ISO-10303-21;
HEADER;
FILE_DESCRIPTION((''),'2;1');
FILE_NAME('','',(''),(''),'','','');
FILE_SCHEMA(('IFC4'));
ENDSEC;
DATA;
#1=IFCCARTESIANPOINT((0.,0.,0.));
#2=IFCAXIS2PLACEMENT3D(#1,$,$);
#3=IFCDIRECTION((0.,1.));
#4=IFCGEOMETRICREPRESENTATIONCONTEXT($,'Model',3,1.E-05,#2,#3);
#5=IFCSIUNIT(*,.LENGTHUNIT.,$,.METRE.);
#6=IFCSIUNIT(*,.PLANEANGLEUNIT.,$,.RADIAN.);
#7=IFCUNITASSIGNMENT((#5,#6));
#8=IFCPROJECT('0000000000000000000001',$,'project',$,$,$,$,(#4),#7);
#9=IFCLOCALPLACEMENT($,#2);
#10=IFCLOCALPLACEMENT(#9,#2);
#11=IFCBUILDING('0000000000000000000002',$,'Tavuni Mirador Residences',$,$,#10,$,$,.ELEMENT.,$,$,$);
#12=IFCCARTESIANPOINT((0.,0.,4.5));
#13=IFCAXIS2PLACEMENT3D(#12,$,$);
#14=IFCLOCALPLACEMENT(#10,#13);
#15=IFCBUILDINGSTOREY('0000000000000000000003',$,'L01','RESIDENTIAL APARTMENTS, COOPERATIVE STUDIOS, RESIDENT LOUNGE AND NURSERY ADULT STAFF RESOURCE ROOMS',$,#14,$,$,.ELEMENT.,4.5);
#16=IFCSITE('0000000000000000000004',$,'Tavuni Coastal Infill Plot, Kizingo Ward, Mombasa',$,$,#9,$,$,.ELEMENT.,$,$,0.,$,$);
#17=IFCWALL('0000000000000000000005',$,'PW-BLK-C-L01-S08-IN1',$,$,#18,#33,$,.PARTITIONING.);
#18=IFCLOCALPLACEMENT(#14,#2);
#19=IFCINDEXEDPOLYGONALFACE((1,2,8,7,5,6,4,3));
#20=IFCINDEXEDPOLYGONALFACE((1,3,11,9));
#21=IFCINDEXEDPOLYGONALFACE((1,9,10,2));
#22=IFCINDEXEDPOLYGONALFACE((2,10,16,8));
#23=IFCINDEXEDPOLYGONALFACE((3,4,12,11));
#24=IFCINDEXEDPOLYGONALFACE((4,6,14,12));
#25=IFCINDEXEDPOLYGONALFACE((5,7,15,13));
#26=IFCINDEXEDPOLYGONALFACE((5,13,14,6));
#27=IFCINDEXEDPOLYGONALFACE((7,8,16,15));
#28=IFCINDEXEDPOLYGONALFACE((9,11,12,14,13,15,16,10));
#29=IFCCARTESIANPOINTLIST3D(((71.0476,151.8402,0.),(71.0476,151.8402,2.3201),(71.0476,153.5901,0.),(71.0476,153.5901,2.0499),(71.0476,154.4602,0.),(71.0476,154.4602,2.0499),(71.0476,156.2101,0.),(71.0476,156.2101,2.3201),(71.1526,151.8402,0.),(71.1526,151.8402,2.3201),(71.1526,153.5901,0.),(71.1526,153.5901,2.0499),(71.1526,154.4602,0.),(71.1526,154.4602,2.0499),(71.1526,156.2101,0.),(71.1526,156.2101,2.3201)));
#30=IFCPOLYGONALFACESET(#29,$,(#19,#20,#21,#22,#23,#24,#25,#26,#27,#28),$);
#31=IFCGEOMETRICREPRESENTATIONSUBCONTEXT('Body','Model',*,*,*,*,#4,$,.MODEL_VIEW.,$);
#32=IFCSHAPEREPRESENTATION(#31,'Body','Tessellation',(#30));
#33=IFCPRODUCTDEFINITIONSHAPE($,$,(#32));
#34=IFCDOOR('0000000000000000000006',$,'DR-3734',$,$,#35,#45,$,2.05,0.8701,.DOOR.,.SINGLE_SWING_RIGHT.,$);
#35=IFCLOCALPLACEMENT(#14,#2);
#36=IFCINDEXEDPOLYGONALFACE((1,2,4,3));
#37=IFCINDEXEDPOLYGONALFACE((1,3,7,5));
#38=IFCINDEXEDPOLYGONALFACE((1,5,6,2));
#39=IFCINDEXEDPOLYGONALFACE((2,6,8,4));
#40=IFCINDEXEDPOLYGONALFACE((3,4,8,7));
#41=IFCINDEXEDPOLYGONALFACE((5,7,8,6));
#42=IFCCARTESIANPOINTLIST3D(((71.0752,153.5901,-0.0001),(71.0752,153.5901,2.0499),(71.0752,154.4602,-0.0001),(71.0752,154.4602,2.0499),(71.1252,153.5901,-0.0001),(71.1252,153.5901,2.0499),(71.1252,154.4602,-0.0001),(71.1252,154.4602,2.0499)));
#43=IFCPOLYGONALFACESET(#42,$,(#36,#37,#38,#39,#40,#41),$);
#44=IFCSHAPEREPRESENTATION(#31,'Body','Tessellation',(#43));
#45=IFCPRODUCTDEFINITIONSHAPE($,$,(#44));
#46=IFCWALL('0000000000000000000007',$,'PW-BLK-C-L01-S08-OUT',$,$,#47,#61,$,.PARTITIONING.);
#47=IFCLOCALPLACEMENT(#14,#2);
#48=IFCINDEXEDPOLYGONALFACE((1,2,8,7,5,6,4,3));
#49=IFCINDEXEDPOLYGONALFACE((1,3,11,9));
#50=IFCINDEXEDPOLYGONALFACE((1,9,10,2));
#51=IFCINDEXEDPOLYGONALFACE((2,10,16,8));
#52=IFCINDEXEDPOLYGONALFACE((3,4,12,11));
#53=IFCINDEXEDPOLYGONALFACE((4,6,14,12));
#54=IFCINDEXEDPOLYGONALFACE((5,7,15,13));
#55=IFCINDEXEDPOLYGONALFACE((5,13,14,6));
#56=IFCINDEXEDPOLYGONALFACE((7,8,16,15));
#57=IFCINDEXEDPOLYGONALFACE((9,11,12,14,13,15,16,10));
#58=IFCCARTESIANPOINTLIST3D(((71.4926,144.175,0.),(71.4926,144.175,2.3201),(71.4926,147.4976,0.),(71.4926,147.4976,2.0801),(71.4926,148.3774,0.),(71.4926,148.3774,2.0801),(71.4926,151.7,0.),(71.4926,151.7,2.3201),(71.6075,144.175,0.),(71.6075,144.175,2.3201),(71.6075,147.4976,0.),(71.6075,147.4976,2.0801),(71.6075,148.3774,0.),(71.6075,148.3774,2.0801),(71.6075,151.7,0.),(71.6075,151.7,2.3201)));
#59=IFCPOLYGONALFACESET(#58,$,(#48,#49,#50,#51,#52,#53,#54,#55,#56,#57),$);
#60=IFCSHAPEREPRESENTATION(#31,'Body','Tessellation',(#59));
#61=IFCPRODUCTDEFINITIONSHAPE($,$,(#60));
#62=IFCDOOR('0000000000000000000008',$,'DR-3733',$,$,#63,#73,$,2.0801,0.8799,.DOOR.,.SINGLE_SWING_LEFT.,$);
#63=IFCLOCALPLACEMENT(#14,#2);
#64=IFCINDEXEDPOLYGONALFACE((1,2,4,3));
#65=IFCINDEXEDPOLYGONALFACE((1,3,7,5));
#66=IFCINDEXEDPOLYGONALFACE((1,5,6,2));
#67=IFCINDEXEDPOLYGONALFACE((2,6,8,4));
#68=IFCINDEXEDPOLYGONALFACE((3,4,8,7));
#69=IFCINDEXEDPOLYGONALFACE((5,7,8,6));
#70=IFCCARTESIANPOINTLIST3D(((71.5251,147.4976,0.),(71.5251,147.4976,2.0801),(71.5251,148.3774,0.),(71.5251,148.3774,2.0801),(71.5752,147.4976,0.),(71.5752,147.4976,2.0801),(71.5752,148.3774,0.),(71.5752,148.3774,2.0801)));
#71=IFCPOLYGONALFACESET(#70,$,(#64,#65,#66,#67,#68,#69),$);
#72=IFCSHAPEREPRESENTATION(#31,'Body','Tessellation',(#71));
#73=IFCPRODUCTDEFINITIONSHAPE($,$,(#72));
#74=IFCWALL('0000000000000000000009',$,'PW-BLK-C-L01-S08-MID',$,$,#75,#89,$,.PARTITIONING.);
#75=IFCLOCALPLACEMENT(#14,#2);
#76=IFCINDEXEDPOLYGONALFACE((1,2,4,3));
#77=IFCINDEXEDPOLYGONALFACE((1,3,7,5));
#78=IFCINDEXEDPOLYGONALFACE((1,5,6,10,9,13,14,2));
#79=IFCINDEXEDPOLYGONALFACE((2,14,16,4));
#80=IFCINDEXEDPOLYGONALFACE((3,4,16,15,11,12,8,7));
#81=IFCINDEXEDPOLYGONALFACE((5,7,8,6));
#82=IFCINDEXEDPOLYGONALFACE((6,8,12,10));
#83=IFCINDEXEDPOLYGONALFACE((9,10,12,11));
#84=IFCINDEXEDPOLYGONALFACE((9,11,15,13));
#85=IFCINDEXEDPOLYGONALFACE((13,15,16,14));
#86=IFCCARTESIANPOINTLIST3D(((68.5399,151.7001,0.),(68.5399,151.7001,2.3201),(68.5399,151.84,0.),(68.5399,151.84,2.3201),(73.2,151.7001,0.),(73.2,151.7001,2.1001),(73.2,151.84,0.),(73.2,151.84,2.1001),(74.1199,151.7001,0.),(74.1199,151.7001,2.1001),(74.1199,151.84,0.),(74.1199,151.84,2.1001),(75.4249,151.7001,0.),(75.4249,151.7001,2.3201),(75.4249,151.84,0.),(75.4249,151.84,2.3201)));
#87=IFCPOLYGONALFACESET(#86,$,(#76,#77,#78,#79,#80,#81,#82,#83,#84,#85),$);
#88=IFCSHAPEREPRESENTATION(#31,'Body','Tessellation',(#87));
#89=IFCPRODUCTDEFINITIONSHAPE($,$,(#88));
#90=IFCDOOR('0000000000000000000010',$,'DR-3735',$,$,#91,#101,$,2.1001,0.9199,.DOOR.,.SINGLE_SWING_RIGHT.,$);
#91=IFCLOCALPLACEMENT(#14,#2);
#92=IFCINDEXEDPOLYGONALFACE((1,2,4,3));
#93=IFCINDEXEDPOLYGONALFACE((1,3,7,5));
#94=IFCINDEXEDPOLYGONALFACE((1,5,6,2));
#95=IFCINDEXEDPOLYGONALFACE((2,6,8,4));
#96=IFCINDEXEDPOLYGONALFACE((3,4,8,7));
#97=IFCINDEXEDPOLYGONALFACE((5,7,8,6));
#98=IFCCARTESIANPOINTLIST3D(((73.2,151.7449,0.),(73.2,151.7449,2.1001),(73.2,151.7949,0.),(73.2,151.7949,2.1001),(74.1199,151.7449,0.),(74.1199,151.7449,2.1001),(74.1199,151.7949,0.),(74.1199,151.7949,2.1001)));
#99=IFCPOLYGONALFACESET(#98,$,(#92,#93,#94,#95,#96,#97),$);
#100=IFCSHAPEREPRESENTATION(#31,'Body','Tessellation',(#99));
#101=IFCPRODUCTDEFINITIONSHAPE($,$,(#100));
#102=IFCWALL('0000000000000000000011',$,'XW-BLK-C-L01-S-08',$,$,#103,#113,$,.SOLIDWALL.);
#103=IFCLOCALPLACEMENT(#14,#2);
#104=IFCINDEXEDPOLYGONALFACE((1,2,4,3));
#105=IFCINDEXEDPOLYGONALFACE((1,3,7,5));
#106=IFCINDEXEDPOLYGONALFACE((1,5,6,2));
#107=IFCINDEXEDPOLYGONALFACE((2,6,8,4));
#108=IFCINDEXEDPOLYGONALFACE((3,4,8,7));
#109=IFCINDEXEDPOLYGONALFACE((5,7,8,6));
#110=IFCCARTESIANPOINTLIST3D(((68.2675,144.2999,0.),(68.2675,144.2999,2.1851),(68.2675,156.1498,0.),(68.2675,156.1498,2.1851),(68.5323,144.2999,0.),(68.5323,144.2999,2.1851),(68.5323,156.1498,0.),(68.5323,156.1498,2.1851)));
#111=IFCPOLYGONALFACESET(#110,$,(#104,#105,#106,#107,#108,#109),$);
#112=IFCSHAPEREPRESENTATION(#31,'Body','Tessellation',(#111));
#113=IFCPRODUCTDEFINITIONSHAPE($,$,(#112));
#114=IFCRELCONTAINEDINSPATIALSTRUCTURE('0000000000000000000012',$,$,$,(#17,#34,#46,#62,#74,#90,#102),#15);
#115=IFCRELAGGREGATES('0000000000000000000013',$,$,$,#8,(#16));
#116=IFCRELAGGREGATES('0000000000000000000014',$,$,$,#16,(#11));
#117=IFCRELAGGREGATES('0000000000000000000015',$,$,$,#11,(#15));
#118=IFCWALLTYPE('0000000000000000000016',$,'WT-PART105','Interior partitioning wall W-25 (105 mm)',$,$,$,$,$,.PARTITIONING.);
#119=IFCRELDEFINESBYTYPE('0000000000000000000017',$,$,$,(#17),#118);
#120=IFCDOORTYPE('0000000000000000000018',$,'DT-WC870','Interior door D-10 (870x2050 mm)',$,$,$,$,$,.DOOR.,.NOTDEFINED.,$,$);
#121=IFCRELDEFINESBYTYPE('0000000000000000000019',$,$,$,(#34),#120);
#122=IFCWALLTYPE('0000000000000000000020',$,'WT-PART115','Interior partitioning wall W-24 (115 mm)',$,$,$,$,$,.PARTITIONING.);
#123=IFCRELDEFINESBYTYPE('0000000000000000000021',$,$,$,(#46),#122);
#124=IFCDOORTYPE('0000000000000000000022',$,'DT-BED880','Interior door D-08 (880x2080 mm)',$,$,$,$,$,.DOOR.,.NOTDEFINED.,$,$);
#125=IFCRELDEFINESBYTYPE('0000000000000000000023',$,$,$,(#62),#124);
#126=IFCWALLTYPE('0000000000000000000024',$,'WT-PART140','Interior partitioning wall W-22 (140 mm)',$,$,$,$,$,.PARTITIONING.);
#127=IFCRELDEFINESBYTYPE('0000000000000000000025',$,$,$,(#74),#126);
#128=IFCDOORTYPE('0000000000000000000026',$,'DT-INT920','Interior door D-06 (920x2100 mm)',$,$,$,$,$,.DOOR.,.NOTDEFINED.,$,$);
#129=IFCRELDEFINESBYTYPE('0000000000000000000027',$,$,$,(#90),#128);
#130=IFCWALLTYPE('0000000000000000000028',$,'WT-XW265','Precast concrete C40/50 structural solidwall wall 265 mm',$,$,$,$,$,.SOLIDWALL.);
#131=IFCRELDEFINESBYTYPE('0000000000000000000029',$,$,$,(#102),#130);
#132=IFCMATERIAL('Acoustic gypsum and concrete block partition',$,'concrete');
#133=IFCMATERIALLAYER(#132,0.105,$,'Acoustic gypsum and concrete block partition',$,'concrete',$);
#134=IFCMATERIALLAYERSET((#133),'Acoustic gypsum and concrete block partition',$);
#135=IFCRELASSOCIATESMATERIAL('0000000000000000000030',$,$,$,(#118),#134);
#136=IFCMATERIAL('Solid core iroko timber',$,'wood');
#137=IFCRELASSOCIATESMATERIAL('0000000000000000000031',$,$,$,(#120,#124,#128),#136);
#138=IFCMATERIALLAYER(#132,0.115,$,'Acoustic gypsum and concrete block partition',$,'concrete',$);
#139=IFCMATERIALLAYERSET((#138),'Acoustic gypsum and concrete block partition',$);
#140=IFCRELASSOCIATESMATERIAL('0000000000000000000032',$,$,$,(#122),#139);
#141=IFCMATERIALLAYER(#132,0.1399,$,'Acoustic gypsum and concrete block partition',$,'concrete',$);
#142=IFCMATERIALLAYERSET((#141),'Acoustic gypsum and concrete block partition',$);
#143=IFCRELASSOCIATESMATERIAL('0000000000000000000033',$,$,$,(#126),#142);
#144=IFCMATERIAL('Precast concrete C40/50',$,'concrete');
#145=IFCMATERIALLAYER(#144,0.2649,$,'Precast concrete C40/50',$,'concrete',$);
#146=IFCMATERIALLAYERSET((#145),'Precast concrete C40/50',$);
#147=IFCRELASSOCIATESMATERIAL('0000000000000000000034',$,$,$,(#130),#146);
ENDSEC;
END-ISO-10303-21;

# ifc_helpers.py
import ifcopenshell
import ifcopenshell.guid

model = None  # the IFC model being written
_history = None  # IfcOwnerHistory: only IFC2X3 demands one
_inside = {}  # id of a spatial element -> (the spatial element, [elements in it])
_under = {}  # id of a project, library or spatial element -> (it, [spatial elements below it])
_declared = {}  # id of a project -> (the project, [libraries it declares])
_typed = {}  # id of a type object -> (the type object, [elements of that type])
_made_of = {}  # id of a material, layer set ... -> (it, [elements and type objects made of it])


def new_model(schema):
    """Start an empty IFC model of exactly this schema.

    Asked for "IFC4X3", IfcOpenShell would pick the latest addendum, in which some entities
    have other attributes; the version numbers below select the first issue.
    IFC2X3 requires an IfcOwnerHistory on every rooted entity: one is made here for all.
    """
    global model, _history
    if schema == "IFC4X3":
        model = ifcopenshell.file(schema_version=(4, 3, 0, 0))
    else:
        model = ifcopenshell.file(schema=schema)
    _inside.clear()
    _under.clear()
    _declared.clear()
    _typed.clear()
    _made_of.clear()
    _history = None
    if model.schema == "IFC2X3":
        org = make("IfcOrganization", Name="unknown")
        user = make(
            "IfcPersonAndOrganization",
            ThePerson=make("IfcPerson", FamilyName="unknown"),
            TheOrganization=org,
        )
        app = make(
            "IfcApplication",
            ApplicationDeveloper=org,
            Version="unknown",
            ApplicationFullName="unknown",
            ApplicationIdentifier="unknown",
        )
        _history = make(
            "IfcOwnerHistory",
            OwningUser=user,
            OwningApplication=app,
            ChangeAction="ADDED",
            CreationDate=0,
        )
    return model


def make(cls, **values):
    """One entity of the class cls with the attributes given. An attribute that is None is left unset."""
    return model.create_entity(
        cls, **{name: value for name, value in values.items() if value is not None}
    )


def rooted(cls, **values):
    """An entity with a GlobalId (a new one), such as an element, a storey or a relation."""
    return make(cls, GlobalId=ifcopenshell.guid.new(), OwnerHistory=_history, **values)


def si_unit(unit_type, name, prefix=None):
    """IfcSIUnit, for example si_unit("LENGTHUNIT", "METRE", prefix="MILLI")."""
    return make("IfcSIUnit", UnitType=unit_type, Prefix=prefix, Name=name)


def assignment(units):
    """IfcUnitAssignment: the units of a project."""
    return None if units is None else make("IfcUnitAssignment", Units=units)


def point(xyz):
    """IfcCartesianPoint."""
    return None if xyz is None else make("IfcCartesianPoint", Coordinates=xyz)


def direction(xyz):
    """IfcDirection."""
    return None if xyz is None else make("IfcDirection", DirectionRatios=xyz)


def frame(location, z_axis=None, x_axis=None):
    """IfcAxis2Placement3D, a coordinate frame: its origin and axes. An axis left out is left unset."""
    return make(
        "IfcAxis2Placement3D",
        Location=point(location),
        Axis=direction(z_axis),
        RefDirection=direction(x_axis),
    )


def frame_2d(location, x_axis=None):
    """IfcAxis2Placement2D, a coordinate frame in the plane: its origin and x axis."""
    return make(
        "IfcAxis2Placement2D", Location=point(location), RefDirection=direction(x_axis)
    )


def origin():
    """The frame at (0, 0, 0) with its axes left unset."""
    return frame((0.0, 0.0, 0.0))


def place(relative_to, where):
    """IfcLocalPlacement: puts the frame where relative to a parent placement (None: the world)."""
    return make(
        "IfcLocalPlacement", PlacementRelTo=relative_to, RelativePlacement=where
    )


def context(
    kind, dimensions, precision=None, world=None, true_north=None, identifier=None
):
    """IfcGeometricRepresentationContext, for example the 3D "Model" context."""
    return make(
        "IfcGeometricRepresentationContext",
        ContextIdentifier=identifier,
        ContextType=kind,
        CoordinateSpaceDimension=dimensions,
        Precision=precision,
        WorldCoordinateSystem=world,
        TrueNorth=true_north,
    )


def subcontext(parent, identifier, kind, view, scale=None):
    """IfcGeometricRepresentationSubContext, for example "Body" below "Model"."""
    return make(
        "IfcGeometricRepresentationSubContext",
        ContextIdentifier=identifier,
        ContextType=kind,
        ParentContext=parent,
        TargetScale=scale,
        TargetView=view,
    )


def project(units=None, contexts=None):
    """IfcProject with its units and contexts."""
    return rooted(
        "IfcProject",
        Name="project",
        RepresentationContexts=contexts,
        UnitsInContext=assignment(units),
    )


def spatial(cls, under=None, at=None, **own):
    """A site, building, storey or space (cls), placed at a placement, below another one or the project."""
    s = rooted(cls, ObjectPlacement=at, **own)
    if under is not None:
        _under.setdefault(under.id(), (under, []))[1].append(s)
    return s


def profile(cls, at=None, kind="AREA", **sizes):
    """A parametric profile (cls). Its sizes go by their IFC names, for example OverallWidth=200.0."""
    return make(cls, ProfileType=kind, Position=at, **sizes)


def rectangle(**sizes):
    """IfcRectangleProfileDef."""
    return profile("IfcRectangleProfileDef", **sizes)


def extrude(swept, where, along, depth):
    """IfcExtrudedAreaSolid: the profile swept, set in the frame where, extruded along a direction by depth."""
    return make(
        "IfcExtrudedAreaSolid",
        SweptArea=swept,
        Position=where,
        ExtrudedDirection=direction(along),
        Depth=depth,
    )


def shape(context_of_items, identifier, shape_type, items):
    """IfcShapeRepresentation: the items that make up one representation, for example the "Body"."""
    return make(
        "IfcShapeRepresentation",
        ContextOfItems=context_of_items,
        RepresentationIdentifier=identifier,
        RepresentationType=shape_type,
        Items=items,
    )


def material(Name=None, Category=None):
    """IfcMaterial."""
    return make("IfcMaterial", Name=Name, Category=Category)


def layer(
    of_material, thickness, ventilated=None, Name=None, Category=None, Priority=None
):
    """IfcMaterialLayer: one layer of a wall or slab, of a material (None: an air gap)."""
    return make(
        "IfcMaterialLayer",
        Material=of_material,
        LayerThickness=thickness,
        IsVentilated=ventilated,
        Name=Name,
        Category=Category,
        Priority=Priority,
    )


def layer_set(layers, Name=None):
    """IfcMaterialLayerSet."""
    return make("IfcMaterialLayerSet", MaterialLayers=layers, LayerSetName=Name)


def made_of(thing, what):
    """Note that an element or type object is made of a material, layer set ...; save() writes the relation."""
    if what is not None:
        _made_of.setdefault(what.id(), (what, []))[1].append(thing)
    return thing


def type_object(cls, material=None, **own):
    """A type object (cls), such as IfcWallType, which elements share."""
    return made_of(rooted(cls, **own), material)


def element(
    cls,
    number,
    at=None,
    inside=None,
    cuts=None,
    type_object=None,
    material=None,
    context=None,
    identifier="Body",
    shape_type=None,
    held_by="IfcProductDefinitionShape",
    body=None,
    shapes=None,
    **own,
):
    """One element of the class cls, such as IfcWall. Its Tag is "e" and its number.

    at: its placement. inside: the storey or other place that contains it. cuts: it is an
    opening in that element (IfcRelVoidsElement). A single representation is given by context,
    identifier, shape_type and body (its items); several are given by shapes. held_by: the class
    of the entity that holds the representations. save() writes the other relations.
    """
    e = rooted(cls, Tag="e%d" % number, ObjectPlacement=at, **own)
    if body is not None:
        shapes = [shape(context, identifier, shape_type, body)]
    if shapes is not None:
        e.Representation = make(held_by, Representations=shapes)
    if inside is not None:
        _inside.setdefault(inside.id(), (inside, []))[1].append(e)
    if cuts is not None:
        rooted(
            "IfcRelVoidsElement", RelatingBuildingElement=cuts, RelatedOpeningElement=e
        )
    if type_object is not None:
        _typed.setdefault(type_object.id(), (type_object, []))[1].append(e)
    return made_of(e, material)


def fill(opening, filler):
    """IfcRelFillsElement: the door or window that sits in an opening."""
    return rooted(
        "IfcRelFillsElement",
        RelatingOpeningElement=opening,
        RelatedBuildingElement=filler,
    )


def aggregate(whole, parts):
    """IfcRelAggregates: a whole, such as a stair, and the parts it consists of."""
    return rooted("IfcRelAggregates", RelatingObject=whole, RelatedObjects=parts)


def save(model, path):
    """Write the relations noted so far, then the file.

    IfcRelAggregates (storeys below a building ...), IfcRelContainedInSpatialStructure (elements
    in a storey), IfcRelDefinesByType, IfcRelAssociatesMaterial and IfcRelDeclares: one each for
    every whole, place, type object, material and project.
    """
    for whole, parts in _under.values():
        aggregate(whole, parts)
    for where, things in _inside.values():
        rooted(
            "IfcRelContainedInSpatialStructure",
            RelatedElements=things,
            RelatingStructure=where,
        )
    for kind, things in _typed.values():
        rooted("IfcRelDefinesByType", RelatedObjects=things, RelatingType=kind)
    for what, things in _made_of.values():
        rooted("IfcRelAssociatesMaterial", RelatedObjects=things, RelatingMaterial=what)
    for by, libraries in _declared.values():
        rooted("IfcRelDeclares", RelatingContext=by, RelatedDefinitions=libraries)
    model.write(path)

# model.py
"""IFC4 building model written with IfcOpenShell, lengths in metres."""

from ifc_helpers import new_model, si_unit, direction, frame, frame_2d, origin, place, context, subcontext, project, spatial, rectangle, extrude, material, layer, layer_set, type_object, element, fill, save


model = new_model("IFC4")

# Units and contexts
model_context = context("Model", 3, precision=1e-05, world=origin(), true_north=direction((0.0, 1.0)))
body_context = subcontext(model_context, "Body", "Model", "MODEL_VIEW")
ifc_project = project(units=[si_unit("LENGTHUNIT", "METRE"), si_unit("PLANEANGLEUNIT", "RADIAN")], contexts=[model_context])

# Site, building, storey
site_placement = place(None, origin())
site = spatial("IfcSite", under=ifc_project, at=site_placement, Name="Tavuni Coastal Infill Plot, Kizingo Ward, Mombasa", CompositionType="ELEMENT", RefElevation=0.0)
building_placement = place(site_placement, origin())
building = spatial("IfcBuilding", under=site, at=building_placement, Name="Tavuni Mirador Residences", CompositionType="ELEMENT")
storey_placement = place(building_placement, frame((0.0, 0.0, 4.5)))
storey = spatial("IfcBuildingStorey", under=building, at=storey_placement, Name="L01", Description="RESIDENTIAL APARTMENTS, COOPERATIVE STUDIOS, RESIDENT LOUNGE AND NURSERY ADULT STAFF RESOURCE ROOMS", CompositionType="ELEMENT", Elevation=4.5)

# Shared definitions
ifc_material_1 = material(Name="Precast concrete C40/50", Category="concrete")

# Shared definitions
ifc_material_2 = material(Name="Solid core iroko timber", Category="wood")

# Walls, openings, doors
ifc_material_3 = material(Name="Acoustic gypsum and concrete block partition", Category="concrete")
ifc_layer_1 = layer(ifc_material_3, 0.105, Name="Acoustic gypsum and concrete block partition", Category="concrete")
ifc_layer_set_1 = layer_set([ifc_layer_1], Name="Acoustic gypsum and concrete block partition")
wall_type_1 = type_object("IfcWallType", Name="WT-PART105", Description="Interior partitioning wall W-25 (105 mm)", PredefinedType="PARTITIONING", material=ifc_layer_set_1)
wall_1_placement = place(storey_placement, frame((71.1001, 151.8401, 0.0), z_axis=(0.0, 0.0, 1.0), x_axis=(0.0, 1.0, 0.0)))
wall_1 = element("IfcWall", 1, at=wall_1_placement, inside=storey, type_object=wall_type_1, Name="PW-BLK-C-L01-S08-IN1", PredefinedType="PARTITIONING", context=body_context, shape_type="SweptSolid", body=[
    extrude(rectangle(XDim=4.3699, YDim=0.105, at=frame_2d((2.1851, 0.0))), origin(), (0.0, 0.0, 1.0), 2.3201),
])
opening_1_placement = place(wall_1_placement, frame((1.75, 0.0, 0.0)))
opening_1 = element("IfcOpeningElement", 2, at=opening_1_placement, cuts=wall_1, PredefinedType="OPENING", context=body_context, shape_type="SweptSolid", body=[
    extrude(rectangle(XDim=0.8701, YDim=2.05, at=frame_2d((0.4351, 1.0249))), frame((0.0, 0.0625, 0.0), z_axis=(0.0, -1.0, 0.0), x_axis=(1.0, 0.0, 0.0)), (0.0, 0.0, 1.0), 0.125),
])
door_type_1 = type_object("IfcDoorType", Name="DT-WC870", Description="Interior door D-10 (870x2050 mm)", OperationType="NOTDEFINED", PredefinedType="DOOR", material=ifc_material_2)
door_1_placement = place(opening_1_placement, origin())
door_1 = element("IfcDoor", 3, at=door_1_placement, inside=storey, type_object=door_type_1, Name="DR-3734", OperationType="SINGLE_SWING_RIGHT", OverallHeight=2.05, OverallWidth=0.8701, PredefinedType="DOOR", context=body_context, shape_type="SweptSolid", body=[
    extrude(rectangle(XDim=0.8701, YDim=2.05, at=frame_2d((0.4351, 1.0249))), frame((0.0, 0.0249, 0.0), z_axis=(0.0, -1.0, 0.0), x_axis=(1.0, 0.0, 0.0)), (0.0, 0.0, 1.0), 0.05),
])
fill(opening_1, door_1)
ifc_layer_2 = layer(ifc_material_3, 0.115, Name="Acoustic gypsum and concrete block partition", Category="concrete")
ifc_layer_set_2 = layer_set([ifc_layer_2], Name="Acoustic gypsum and concrete block partition")
wall_type_2 = type_object("IfcWallType", Name="WT-PART115", Description="Interior partitioning wall W-24 (115 mm)", PredefinedType="PARTITIONING", material=ifc_layer_set_2)
wall_2_placement = place(storey_placement, frame((71.55, 144.175, 0.0), z_axis=(0.0, 0.0, 1.0), x_axis=(0.0, 1.0, 0.0)))
wall_2 = element("IfcWall", 4, at=wall_2_placement, inside=storey, type_object=wall_type_2, Name="PW-BLK-C-L01-S08-OUT", PredefinedType="PARTITIONING", context=body_context, shape_type="SweptSolid", body=[
    extrude(rectangle(XDim=7.5249, YDim=0.115, at=frame_2d((3.7625, 0.0))), origin(), (0.0, 0.0, 1.0), 2.3201),
])
opening_2_placement = place(wall_2_placement, frame((3.3225, 0.0, 0.0)))
opening_2 = element("IfcOpeningElement", 5, at=opening_2_placement, cuts=wall_2, PredefinedType="OPENING", context=body_context, shape_type="SweptSolid", body=[
    extrude(rectangle(XDim=0.8799, YDim=2.0801, at=frame_2d((0.4399, 1.04))), frame((0.0, 0.0674, 0.0), z_axis=(0.0, -1.0, 0.0), x_axis=(1.0, 0.0, 0.0)), (0.0, 0.0, 1.0), 0.135),
])
door_type_2 = type_object("IfcDoorType", Name="DT-BED880", Description="Interior door D-08 (880x2080 mm)", OperationType="NOTDEFINED", PredefinedType="DOOR", material=ifc_material_2)
door_2_placement = place(opening_2_placement, origin())
door_2 = element("IfcDoor", 6, at=door_2_placement, inside=storey, type_object=door_type_2, Name="DR-3733", OperationType="SINGLE_SWING_LEFT", OverallHeight=2.0801, OverallWidth=0.8799, PredefinedType="DOOR", context=body_context, shape_type="SweptSolid", body=[
    extrude(rectangle(XDim=0.8799, YDim=2.0801, at=frame_2d((0.4399, 1.04))), frame((0.0, 0.0249, 0.0), z_axis=(0.0, -1.0, 0.0), x_axis=(1.0, 0.0, 0.0)), (0.0, 0.0, 1.0), 0.05),
])
fill(opening_2, door_2)
ifc_layer_3 = layer(ifc_material_3, 0.1399, Name="Acoustic gypsum and concrete block partition", Category="concrete")
ifc_layer_set_3 = layer_set([ifc_layer_3], Name="Acoustic gypsum and concrete block partition")
wall_type_3 = type_object("IfcWallType", Name="WT-PART140", Description="Interior partitioning wall W-22 (140 mm)", PredefinedType="PARTITIONING", material=ifc_layer_set_3)
wall_3_placement = place(storey_placement, frame((68.54, 151.77, 0.0), z_axis=(0.0, 0.0, 1.0), x_axis=(1.0, 0.0, 0.0)))
wall_3 = element("IfcWall", 7, at=wall_3_placement, inside=storey, type_object=wall_type_3, Name="PW-BLK-C-L01-S08-MID", PredefinedType="PARTITIONING", context=body_context, shape_type="SweptSolid", body=[
    extrude(rectangle(XDim=6.885, YDim=0.1399, at=frame_2d((3.4424, 0.0))), origin(), (0.0, 0.0, 1.0), 2.3201),
])
opening_3_placement = place(wall_3_placement, frame((4.6599, 0.0, 0.0)))
opening_3 = element("IfcOpeningElement", 8, at=opening_3_placement, cuts=wall_3, PredefinedType="OPENING", context=body_context, shape_type="SweptSolid", body=[
    extrude(rectangle(XDim=0.9199, YDim=2.1001, at=frame_2d((0.46, 1.05))), frame((0.0, 0.0801, 0.0), z_axis=(0.0, -1.0, 0.0), x_axis=(1.0, 0.0, 0.0)), (0.0, 0.0, 1.0), 0.1599),
])
door_type_3 = type_object("IfcDoorType", Name="DT-INT920", Description="Interior door D-06 (920x2100 mm)", OperationType="NOTDEFINED", PredefinedType="DOOR", material=ifc_material_2)
door_3_placement = place(opening_3_placement, origin())
door_3 = element("IfcDoor", 9, at=door_3_placement, inside=storey, type_object=door_type_3, Name="DR-3735", OperationType="SINGLE_SWING_RIGHT", OverallHeight=2.1001, OverallWidth=0.9199, PredefinedType="DOOR", context=body_context, shape_type="SweptSolid", body=[
    extrude(rectangle(XDim=0.9199, YDim=2.1001, at=frame_2d((0.46, 1.05))), frame((0.0, 0.0249, 0.0), z_axis=(0.0, -1.0, 0.0), x_axis=(1.0, 0.0, 0.0)), (0.0, 0.0, 1.0), 0.05),
])
fill(opening_3, door_3)

# Wall
ifc_layer_4 = layer(ifc_material_1, 0.2649, Name="Precast concrete C40/50", Category="concrete")
ifc_layer_set_4 = layer_set([ifc_layer_4], Name="Precast concrete C40/50")
wall_type_4 = type_object("IfcWallType", Name="WT-XW265", Description="Precast concrete C40/50 structural solidwall wall 265 mm", PredefinedType="SOLIDWALL", material=ifc_layer_set_4)
wall_4_placement = place(storey_placement, frame((68.3999, 144.3, 0.0), z_axis=(0.0, 0.0, 1.0), x_axis=(0.0, 1.0, 0.0)))
element("IfcWall", 10, at=wall_4_placement, inside=storey, type_object=wall_type_4, Name="XW-BLK-C-L01-S-08", PredefinedType="SOLIDWALL", context=body_context, shape_type="SweptSolid", body=[
    extrude(rectangle(XDim=11.8499, YDim=0.2649, at=frame_2d((5.9248, 0.0))), origin(), (0.0, 0.0, 1.0), 2.1851),
])

save(model, "model.ifc")
